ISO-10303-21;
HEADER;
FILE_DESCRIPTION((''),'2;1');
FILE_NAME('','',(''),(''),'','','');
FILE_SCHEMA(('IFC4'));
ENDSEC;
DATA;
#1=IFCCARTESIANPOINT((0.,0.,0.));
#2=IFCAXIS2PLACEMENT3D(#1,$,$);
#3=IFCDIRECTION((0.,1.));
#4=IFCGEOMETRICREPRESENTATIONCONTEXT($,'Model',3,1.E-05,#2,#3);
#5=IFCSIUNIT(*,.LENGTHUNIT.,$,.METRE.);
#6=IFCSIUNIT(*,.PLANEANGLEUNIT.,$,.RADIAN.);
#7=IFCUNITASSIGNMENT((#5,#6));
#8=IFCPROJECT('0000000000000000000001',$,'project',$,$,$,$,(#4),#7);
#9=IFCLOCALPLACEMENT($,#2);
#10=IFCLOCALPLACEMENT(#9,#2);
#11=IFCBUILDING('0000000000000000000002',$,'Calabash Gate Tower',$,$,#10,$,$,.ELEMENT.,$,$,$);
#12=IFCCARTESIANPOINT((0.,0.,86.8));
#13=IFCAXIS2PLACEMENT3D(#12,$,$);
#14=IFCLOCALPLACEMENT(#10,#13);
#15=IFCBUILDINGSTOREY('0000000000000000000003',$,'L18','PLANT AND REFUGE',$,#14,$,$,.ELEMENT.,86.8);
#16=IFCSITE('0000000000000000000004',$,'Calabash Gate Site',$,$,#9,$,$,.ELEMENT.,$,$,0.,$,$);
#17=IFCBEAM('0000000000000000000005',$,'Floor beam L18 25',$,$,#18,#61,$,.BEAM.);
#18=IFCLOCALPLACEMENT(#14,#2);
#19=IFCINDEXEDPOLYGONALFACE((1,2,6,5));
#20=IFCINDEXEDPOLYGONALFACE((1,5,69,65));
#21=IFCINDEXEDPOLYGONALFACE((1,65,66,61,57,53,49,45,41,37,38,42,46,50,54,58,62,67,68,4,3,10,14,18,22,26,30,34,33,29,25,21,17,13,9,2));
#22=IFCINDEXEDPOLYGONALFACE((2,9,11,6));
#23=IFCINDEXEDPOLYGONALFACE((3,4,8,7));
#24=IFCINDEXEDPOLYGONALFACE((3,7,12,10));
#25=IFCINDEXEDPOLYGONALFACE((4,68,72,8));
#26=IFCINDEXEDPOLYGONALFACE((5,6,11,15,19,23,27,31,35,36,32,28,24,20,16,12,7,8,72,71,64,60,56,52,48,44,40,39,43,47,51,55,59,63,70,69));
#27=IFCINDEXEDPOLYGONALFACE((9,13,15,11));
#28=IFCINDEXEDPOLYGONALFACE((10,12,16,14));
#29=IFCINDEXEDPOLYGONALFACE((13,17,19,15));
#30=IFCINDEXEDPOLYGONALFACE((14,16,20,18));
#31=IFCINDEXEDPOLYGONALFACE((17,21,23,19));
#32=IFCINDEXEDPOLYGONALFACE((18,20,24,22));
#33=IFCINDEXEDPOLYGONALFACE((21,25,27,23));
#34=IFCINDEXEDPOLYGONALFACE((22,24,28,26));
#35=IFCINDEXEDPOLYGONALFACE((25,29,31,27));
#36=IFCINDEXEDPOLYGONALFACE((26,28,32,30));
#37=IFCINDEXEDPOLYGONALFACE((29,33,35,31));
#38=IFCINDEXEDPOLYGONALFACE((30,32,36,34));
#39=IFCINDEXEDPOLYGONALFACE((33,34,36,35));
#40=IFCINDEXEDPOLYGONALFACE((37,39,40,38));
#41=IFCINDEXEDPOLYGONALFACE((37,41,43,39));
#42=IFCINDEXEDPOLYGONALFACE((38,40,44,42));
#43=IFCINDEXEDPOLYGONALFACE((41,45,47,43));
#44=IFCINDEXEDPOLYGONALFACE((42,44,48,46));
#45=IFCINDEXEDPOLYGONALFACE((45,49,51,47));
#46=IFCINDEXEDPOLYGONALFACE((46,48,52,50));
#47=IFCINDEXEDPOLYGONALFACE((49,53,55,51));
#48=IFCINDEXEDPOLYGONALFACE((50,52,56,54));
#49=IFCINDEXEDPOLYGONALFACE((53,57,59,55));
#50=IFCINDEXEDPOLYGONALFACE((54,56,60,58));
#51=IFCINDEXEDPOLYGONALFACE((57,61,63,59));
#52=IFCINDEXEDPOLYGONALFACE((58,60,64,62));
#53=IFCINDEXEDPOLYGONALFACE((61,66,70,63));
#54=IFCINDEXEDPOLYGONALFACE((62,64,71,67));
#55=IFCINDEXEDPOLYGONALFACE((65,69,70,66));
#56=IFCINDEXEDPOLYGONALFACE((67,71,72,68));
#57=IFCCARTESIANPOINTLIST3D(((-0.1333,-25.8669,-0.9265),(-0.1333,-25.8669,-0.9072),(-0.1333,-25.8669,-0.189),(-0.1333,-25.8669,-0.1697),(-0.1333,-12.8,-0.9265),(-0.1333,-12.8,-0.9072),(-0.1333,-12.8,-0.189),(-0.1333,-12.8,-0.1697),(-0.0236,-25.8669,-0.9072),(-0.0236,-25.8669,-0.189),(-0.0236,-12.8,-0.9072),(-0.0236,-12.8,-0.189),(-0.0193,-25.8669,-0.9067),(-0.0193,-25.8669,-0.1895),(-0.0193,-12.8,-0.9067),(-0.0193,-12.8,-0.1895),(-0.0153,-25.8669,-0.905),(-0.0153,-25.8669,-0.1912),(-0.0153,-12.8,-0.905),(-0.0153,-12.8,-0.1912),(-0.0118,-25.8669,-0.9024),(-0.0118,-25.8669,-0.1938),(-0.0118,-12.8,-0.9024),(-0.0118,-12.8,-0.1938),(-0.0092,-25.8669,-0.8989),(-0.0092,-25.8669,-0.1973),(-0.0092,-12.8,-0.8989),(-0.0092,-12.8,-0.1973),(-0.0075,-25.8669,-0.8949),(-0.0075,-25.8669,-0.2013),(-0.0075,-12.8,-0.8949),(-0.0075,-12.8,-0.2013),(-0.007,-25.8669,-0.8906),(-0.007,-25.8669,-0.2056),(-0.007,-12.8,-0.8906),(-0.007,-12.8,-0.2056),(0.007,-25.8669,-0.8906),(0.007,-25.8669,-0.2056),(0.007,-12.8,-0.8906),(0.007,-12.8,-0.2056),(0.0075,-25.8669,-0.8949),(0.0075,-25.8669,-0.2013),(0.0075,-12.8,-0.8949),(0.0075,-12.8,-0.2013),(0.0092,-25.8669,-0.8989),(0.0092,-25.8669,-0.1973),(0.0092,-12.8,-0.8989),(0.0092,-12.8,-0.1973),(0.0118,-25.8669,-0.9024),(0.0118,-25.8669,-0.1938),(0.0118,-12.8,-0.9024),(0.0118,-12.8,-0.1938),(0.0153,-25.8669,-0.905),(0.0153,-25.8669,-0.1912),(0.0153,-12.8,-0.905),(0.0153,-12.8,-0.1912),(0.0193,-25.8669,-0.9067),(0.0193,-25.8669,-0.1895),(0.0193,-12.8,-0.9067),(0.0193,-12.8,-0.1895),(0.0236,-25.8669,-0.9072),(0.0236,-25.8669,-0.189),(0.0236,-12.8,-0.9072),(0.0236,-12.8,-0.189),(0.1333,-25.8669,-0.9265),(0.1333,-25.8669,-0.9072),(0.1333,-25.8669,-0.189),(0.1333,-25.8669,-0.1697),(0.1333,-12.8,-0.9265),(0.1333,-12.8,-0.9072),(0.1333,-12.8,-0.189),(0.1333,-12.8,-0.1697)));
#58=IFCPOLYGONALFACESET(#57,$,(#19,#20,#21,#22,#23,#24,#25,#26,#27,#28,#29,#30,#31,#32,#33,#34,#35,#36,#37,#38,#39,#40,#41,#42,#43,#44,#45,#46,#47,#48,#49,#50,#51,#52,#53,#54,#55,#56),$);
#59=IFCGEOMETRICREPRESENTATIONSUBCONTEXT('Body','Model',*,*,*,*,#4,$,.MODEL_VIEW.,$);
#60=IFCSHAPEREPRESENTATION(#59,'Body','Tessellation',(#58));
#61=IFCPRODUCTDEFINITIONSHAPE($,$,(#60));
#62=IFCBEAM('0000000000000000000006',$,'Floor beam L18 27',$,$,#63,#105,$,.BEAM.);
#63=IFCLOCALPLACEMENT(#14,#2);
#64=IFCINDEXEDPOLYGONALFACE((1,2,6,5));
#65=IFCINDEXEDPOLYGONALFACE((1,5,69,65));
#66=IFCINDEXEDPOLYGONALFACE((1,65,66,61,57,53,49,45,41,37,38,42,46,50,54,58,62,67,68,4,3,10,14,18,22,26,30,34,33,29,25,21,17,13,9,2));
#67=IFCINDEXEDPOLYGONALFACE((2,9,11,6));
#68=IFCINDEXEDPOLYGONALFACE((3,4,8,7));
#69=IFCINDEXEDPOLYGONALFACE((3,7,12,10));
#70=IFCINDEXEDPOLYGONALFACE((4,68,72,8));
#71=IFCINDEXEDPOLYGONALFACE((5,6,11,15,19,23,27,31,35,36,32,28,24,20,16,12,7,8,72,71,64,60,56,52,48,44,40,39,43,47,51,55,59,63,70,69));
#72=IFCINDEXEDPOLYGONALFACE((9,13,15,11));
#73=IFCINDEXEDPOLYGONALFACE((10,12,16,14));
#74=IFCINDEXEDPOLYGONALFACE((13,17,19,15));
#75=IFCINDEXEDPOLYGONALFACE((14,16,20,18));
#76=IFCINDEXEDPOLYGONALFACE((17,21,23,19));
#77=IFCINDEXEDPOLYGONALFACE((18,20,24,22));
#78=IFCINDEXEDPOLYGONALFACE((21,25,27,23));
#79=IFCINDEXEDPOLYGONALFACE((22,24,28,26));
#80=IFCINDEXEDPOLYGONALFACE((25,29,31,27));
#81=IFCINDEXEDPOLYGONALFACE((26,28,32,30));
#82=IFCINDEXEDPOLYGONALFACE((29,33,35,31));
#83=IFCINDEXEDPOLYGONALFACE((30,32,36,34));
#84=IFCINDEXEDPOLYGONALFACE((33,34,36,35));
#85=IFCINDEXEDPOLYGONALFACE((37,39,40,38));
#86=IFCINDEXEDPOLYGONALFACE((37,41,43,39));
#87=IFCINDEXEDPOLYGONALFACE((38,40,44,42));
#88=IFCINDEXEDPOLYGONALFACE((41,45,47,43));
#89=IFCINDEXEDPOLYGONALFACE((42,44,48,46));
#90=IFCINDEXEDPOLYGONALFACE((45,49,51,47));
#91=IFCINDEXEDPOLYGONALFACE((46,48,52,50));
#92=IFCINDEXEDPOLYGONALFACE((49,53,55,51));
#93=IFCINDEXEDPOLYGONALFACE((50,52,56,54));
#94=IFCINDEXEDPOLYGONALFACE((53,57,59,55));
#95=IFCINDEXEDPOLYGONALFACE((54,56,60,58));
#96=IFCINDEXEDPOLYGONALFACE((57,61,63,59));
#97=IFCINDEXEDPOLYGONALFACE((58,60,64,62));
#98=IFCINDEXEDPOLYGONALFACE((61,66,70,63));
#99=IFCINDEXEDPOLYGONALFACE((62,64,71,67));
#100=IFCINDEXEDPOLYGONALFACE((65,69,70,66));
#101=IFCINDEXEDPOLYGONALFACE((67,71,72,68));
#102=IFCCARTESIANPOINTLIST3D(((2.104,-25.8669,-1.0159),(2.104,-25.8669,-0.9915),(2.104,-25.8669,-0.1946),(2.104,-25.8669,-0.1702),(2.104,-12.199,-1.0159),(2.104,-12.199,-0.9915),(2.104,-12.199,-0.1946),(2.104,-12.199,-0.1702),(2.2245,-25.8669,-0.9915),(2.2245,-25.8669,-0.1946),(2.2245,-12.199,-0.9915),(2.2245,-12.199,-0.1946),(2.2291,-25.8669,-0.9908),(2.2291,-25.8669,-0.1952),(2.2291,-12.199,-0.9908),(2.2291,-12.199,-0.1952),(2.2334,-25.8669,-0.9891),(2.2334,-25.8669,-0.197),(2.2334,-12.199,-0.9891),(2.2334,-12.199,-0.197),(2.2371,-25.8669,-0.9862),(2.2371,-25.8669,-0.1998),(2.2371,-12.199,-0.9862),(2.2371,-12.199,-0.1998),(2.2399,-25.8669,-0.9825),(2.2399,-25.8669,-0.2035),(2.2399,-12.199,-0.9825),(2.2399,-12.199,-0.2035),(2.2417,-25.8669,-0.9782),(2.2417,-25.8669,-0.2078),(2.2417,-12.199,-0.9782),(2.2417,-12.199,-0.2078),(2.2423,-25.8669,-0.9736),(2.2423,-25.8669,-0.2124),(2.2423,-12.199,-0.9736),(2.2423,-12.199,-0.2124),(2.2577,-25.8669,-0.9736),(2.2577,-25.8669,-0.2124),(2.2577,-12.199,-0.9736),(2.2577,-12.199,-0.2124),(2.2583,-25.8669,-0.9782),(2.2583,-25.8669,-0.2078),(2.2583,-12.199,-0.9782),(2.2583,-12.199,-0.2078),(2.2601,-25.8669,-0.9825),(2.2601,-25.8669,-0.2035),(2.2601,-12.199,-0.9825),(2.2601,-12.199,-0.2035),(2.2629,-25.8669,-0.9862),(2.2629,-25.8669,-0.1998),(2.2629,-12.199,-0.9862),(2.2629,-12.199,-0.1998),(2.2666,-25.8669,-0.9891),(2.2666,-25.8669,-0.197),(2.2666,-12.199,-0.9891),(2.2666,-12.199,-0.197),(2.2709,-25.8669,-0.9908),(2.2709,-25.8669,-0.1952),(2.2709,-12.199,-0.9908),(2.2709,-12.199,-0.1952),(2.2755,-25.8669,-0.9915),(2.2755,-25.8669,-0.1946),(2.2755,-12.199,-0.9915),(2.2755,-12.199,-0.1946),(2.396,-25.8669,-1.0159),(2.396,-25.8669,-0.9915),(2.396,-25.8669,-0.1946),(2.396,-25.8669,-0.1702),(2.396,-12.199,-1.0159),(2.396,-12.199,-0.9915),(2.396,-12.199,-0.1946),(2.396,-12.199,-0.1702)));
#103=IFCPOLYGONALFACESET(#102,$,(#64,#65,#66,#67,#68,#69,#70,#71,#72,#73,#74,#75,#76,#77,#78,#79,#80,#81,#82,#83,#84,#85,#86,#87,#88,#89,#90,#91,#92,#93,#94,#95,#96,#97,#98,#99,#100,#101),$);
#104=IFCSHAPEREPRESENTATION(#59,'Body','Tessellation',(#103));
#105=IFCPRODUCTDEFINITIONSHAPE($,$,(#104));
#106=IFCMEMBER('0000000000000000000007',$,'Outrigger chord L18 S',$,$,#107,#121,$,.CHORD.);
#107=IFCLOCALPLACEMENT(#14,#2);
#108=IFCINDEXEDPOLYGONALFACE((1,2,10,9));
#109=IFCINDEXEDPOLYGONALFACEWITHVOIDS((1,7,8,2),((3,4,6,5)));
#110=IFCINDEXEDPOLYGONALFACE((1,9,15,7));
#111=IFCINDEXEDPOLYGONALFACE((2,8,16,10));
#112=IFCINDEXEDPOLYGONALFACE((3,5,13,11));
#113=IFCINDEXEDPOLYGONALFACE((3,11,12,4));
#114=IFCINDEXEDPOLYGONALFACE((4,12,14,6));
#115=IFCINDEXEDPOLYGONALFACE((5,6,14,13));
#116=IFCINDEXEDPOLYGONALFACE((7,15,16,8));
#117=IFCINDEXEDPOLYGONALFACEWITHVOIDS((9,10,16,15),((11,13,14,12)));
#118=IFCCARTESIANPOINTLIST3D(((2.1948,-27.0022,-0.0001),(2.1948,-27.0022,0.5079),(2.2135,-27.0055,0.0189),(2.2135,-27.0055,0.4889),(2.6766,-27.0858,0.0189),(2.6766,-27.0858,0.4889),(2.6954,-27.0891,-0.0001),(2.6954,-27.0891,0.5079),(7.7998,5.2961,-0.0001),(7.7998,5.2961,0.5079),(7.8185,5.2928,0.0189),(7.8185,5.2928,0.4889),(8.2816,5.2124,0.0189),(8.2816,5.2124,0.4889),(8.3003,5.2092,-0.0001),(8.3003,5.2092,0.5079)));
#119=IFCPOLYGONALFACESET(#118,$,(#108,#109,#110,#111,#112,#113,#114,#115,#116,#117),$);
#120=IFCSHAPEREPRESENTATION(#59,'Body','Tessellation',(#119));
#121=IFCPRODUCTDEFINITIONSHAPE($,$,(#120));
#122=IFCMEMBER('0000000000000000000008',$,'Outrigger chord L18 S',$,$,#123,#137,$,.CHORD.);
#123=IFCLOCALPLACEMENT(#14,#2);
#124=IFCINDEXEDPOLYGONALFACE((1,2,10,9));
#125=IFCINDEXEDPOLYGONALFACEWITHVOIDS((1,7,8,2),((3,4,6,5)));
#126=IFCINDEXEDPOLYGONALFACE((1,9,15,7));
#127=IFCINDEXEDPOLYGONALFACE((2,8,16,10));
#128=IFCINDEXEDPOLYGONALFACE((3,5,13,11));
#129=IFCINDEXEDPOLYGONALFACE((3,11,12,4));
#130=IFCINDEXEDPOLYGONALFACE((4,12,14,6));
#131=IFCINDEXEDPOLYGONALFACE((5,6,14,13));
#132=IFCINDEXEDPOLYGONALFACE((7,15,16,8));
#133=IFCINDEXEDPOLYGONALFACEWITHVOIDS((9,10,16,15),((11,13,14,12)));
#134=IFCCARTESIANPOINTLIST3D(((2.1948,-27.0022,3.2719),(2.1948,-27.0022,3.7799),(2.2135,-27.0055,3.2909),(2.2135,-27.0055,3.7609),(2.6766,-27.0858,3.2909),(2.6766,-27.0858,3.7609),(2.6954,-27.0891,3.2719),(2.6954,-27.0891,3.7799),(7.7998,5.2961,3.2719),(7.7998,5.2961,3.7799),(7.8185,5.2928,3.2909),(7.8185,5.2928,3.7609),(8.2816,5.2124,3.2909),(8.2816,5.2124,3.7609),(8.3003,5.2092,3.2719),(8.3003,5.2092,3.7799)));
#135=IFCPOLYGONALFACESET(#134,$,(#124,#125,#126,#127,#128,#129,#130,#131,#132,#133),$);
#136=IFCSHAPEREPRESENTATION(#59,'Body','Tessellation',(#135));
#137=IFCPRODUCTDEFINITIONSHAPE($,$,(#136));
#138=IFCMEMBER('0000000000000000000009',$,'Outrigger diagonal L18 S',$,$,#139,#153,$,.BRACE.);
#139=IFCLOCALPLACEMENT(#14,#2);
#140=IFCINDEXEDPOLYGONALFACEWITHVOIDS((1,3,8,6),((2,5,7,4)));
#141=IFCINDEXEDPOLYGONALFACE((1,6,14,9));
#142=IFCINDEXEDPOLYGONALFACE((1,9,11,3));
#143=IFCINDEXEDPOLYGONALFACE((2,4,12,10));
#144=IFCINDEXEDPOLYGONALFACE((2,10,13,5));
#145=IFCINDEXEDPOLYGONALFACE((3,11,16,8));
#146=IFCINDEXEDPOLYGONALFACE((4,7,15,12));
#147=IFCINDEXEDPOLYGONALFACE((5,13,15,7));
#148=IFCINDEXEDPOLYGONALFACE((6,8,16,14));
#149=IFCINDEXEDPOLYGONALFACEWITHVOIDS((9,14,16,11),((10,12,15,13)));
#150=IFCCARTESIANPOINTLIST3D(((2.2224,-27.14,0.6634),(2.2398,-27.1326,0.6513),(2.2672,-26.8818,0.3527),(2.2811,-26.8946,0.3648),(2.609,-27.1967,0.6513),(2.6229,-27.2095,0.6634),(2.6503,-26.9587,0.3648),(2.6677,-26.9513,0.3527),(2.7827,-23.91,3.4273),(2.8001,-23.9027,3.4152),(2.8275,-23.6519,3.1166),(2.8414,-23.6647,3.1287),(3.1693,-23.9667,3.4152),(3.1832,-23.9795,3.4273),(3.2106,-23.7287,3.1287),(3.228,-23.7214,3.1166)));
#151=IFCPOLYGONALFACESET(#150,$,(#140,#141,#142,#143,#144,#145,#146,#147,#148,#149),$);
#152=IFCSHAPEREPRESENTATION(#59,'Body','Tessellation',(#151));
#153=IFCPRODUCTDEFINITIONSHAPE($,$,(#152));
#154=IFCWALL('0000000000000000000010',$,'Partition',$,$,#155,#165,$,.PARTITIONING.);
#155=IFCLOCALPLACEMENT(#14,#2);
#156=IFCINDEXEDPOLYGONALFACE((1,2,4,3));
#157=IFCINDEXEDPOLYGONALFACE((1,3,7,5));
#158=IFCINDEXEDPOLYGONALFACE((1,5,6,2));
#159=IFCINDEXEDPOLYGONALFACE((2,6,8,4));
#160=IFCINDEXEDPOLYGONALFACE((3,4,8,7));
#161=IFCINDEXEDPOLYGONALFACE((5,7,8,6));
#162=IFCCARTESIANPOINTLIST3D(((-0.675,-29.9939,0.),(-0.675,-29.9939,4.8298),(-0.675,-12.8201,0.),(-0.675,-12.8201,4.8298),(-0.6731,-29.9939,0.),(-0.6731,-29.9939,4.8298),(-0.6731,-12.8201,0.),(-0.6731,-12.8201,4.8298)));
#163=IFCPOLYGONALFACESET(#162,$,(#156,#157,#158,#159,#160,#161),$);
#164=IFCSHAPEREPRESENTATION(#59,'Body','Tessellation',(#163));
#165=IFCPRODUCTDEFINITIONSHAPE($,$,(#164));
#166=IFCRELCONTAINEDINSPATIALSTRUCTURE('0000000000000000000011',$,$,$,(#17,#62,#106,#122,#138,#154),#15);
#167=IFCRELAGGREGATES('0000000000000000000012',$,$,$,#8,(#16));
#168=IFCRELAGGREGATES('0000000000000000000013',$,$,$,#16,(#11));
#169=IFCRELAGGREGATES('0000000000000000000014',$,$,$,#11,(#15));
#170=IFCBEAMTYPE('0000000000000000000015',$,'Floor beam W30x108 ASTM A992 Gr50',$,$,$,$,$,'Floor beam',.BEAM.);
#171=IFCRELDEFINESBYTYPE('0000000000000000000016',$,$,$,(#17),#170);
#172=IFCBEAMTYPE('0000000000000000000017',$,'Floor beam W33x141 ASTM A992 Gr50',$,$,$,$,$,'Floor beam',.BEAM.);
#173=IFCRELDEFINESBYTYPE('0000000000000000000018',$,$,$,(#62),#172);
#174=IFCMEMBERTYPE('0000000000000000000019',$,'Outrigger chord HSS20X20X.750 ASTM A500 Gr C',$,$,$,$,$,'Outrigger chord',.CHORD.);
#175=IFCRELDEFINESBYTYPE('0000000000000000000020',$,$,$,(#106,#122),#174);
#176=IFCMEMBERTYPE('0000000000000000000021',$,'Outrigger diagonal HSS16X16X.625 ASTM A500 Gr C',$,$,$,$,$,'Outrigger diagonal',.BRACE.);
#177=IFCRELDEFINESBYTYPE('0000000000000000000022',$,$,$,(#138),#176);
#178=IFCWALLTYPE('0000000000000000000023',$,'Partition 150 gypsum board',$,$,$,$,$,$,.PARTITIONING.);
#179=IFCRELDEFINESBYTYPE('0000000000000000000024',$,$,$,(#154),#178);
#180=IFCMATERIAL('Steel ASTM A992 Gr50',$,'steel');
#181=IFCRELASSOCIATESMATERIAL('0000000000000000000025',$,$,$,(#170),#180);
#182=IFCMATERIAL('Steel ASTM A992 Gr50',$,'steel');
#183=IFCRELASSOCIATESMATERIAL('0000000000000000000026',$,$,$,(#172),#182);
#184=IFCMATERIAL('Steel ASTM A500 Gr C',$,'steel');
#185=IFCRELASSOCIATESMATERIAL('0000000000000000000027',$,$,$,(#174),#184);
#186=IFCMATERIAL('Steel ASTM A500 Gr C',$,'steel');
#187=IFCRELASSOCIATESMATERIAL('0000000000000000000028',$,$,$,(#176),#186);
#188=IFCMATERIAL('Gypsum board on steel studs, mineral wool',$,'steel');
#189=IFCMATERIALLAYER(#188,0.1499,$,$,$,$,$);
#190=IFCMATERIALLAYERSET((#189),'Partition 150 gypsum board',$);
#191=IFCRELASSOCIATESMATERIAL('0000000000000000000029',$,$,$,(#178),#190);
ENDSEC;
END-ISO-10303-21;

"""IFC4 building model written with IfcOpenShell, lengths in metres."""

from ifc_helpers import new_model, si_unit, direction, frame, frame_2d, origin, origin_2d, place, context, subcontext, project, spatial, rectangle, hollow_rectangle, i_section, extrude, material, layer, layer_set, material_profile, profile_set, type_object, element, save


model = new_model("IFC4")

# Units and contexts
model_context = context("Model", 3, precision=1e-05, world=origin(), true_north=direction((0.0, 1.0)))
body_context = subcontext(model_context, "Body", "Model", "MODEL_VIEW")
ifc_project = project(units=[si_unit("LENGTHUNIT", "METRE"), si_unit("PLANEANGLEUNIT", "RADIAN")], contexts=[model_context])

# Site, building, storey
site_placement = place(None, origin())
site = spatial("IfcSite", under=ifc_project, at=site_placement, Name="Calabash Gate Site", CompositionType="ELEMENT", RefElevation=0.0)
building_placement = place(site_placement, origin())
building = spatial("IfcBuilding", under=site, at=building_placement, Name="Calabash Gate Tower", CompositionType="ELEMENT")
storey_placement = place(building_placement, frame((0.0, 0.0, 86.8)))
storey = spatial("IfcBuildingStorey", under=building, at=storey_placement, Name="L18", Description="PLANT AND REFUGE", CompositionType="ELEMENT", Elevation=86.8)

# Beams
ifc_material_1 = material(Name="Steel ASTM A992 Gr50", Category="steel")
ifc_material_profile_1 = material_profile(ifc_material_1, i_section(OverallWidth=0.2666, OverallDepth=0.7568, WebThickness=0.0139, FlangeThickness=0.0193, FilletRadius=0.0166, at=origin_2d()))
ifc_profile_set_1 = profile_set([ifc_material_profile_1], Name="Steel ASTM A992 Gr50")
beam_type_1 = type_object("IfcBeamType", Name="Floor beam W30x108 ASTM A992 Gr50", ElementType="Floor beam", PredefinedType="BEAM", material=ifc_profile_set_1)
beam_1_placement = place(storey_placement, frame((0.0, -25.8669, -0.5481), z_axis=(0.0, 1.0, 0.0), x_axis=(-1.0, 0.0, 0.0)))
element("IfcBeam", 1, at=beam_1_placement, inside=storey, type_object=beam_type_1, Name="Floor beam L18 25", PredefinedType="BEAM", context=body_context, shape_type="SweptSolid", body=[
    extrude(i_section(OverallWidth=0.2666, OverallDepth=0.7568, WebThickness=0.0139, FlangeThickness=0.0193, FilletRadius=0.0166, at=origin_2d()), origin(), (0.0, 0.0, 1.0), 13.0669),
])
ifc_material_2 = material(Name="Steel ASTM A992 Gr50", Category="steel")
ifc_material_profile_2 = material_profile(ifc_material_2, i_section(OverallWidth=0.292, OverallDepth=0.8457, WebThickness=0.0154, FlangeThickness=0.0244, FilletRadius=0.0178, at=origin_2d()))
ifc_profile_set_2 = profile_set([ifc_material_profile_2], Name="Steel ASTM A992 Gr50")
beam_type_2 = type_object("IfcBeamType", Name="Floor beam W33x141 ASTM A992 Gr50", ElementType="Floor beam", PredefinedType="BEAM", material=ifc_profile_set_2)
beam_2_placement = place(storey_placement, frame((2.25, -25.8669, -0.593), z_axis=(0.0, 1.0, 0.0), x_axis=(-1.0, 0.0, 0.0)))
element("IfcBeam", 2, at=beam_2_placement, inside=storey, type_object=beam_type_2, Name="Floor beam L18 27", PredefinedType="BEAM", context=body_context, shape_type="SweptSolid", body=[
    extrude(i_section(OverallWidth=0.292, OverallDepth=0.8457, WebThickness=0.0154, FlangeThickness=0.0244, FilletRadius=0.0178, at=origin_2d()), origin(), (0.0, 0.0, 1.0), 13.668),
])

# Members
ifc_material_3 = material(Name="Steel ASTM A500 Gr C", Category="steel")
ifc_material_profile_3 = material_profile(ifc_material_3, hollow_rectangle(XDim=0.5081, YDim=0.5081, WallThickness=0.019, at=origin_2d()))
ifc_profile_set_3 = profile_set([ifc_material_profile_3], Name="Steel ASTM A500 Gr C")
member_type_1 = type_object("IfcMemberType", Name="Outrigger chord HSS20X20X.750 ASTM A500 Gr C", ElementType="Outrigger chord", PredefinedType="CHORD", material=ifc_profile_set_3)
for number, where, z_axis, x_axis, name in (
    (3, (2.4451, -27.0457, 0.2539), (0.170982, 0.985274, 0.0), (-0.985274, 0.170982, 0.0), "Outrigger chord L18 S"),
    (4, (2.4451, -27.0457, 3.5259), (0.170982, 0.985274, 0.0), (-0.985274, 0.170982, 0.0), "Outrigger chord L18 S"),
):
    element("IfcMember", number, at=place(storey_placement, frame(where, z_axis=z_axis, x_axis=x_axis)), inside=storey, type_object=member_type_1, Name=name, PredefinedType="CHORD", context=body_context, shape_type="SweptSolid", body=[
        extrude(hollow_rectangle(XDim=0.5081, YDim=0.5081, WallThickness=0.019, at=origin_2d()), origin(), (0.0, 0.0, 1.0), 32.781),
    ])
ifc_material_4 = material(Name="Steel ASTM A500 Gr C", Category="steel")
ifc_material_profile_4 = material_profile(ifc_material_4, hollow_rectangle(XDim=0.4065, YDim=0.4065, WallThickness=0.0159, at=origin_2d()))
ifc_profile_set_4 = profile_set([ifc_material_profile_4], Name="Steel ASTM A500 Gr C")
member_type_2 = type_object("IfcMemberType", Name="Outrigger diagonal HSS16X16X.625 ASTM A500 Gr C", ElementType="Outrigger diagonal", PredefinedType="BRACE", material=ifc_profile_set_4)
member_1_placement = place(storey_placement, frame((2.4451, -27.0457, 0.5081), z_axis=(0.130671, 0.753281, 0.644587), x_axis=(-0.985285, 0.170917, 0.0)))
element("IfcMember", 5, at=member_1_placement, inside=storey, type_object=member_type_2, Name="Outrigger diagonal L18 S", PredefinedType="BRACE", context=body_context, shape_type="SweptSolid", body=[
    extrude(hollow_rectangle(XDim=0.4065, YDim=0.4065, WallThickness=0.0159, at=origin_2d()), origin(), (0.0, 0.0, 1.0), 4.2878),
])

# Wall
ifc_material_5 = material(Name="Gypsum board on steel studs, mineral wool", Category="steel")
ifc_layer = layer(ifc_material_5, 0.1499)
ifc_layer_set = layer_set([ifc_layer], Name="Partition 150 gypsum board")
wall_type = type_object("IfcWallType", Name="Partition 150 gypsum board", PredefinedType="PARTITIONING", material=ifc_layer_set)
wall_1_placement = place(storey_placement, frame((-0.6741, -29.9939, 0.0), z_axis=(0.0, 0.0, 1.0), x_axis=(0.0, 1.0, 0.0)))
element("IfcWall", 6, at=wall_1_placement, inside=storey, type_object=wall_type, Name="Partition", PredefinedType="PARTITIONING", context=body_context, shape_type="SweptSolid", body=[
    extrude(rectangle(XDim=17.1738, YDim=0.002, at=frame_2d((8.5869, 0.0))), origin(), (0.0, 0.0, 1.0), 4.8298),
])

save(model, "model.ifc")
